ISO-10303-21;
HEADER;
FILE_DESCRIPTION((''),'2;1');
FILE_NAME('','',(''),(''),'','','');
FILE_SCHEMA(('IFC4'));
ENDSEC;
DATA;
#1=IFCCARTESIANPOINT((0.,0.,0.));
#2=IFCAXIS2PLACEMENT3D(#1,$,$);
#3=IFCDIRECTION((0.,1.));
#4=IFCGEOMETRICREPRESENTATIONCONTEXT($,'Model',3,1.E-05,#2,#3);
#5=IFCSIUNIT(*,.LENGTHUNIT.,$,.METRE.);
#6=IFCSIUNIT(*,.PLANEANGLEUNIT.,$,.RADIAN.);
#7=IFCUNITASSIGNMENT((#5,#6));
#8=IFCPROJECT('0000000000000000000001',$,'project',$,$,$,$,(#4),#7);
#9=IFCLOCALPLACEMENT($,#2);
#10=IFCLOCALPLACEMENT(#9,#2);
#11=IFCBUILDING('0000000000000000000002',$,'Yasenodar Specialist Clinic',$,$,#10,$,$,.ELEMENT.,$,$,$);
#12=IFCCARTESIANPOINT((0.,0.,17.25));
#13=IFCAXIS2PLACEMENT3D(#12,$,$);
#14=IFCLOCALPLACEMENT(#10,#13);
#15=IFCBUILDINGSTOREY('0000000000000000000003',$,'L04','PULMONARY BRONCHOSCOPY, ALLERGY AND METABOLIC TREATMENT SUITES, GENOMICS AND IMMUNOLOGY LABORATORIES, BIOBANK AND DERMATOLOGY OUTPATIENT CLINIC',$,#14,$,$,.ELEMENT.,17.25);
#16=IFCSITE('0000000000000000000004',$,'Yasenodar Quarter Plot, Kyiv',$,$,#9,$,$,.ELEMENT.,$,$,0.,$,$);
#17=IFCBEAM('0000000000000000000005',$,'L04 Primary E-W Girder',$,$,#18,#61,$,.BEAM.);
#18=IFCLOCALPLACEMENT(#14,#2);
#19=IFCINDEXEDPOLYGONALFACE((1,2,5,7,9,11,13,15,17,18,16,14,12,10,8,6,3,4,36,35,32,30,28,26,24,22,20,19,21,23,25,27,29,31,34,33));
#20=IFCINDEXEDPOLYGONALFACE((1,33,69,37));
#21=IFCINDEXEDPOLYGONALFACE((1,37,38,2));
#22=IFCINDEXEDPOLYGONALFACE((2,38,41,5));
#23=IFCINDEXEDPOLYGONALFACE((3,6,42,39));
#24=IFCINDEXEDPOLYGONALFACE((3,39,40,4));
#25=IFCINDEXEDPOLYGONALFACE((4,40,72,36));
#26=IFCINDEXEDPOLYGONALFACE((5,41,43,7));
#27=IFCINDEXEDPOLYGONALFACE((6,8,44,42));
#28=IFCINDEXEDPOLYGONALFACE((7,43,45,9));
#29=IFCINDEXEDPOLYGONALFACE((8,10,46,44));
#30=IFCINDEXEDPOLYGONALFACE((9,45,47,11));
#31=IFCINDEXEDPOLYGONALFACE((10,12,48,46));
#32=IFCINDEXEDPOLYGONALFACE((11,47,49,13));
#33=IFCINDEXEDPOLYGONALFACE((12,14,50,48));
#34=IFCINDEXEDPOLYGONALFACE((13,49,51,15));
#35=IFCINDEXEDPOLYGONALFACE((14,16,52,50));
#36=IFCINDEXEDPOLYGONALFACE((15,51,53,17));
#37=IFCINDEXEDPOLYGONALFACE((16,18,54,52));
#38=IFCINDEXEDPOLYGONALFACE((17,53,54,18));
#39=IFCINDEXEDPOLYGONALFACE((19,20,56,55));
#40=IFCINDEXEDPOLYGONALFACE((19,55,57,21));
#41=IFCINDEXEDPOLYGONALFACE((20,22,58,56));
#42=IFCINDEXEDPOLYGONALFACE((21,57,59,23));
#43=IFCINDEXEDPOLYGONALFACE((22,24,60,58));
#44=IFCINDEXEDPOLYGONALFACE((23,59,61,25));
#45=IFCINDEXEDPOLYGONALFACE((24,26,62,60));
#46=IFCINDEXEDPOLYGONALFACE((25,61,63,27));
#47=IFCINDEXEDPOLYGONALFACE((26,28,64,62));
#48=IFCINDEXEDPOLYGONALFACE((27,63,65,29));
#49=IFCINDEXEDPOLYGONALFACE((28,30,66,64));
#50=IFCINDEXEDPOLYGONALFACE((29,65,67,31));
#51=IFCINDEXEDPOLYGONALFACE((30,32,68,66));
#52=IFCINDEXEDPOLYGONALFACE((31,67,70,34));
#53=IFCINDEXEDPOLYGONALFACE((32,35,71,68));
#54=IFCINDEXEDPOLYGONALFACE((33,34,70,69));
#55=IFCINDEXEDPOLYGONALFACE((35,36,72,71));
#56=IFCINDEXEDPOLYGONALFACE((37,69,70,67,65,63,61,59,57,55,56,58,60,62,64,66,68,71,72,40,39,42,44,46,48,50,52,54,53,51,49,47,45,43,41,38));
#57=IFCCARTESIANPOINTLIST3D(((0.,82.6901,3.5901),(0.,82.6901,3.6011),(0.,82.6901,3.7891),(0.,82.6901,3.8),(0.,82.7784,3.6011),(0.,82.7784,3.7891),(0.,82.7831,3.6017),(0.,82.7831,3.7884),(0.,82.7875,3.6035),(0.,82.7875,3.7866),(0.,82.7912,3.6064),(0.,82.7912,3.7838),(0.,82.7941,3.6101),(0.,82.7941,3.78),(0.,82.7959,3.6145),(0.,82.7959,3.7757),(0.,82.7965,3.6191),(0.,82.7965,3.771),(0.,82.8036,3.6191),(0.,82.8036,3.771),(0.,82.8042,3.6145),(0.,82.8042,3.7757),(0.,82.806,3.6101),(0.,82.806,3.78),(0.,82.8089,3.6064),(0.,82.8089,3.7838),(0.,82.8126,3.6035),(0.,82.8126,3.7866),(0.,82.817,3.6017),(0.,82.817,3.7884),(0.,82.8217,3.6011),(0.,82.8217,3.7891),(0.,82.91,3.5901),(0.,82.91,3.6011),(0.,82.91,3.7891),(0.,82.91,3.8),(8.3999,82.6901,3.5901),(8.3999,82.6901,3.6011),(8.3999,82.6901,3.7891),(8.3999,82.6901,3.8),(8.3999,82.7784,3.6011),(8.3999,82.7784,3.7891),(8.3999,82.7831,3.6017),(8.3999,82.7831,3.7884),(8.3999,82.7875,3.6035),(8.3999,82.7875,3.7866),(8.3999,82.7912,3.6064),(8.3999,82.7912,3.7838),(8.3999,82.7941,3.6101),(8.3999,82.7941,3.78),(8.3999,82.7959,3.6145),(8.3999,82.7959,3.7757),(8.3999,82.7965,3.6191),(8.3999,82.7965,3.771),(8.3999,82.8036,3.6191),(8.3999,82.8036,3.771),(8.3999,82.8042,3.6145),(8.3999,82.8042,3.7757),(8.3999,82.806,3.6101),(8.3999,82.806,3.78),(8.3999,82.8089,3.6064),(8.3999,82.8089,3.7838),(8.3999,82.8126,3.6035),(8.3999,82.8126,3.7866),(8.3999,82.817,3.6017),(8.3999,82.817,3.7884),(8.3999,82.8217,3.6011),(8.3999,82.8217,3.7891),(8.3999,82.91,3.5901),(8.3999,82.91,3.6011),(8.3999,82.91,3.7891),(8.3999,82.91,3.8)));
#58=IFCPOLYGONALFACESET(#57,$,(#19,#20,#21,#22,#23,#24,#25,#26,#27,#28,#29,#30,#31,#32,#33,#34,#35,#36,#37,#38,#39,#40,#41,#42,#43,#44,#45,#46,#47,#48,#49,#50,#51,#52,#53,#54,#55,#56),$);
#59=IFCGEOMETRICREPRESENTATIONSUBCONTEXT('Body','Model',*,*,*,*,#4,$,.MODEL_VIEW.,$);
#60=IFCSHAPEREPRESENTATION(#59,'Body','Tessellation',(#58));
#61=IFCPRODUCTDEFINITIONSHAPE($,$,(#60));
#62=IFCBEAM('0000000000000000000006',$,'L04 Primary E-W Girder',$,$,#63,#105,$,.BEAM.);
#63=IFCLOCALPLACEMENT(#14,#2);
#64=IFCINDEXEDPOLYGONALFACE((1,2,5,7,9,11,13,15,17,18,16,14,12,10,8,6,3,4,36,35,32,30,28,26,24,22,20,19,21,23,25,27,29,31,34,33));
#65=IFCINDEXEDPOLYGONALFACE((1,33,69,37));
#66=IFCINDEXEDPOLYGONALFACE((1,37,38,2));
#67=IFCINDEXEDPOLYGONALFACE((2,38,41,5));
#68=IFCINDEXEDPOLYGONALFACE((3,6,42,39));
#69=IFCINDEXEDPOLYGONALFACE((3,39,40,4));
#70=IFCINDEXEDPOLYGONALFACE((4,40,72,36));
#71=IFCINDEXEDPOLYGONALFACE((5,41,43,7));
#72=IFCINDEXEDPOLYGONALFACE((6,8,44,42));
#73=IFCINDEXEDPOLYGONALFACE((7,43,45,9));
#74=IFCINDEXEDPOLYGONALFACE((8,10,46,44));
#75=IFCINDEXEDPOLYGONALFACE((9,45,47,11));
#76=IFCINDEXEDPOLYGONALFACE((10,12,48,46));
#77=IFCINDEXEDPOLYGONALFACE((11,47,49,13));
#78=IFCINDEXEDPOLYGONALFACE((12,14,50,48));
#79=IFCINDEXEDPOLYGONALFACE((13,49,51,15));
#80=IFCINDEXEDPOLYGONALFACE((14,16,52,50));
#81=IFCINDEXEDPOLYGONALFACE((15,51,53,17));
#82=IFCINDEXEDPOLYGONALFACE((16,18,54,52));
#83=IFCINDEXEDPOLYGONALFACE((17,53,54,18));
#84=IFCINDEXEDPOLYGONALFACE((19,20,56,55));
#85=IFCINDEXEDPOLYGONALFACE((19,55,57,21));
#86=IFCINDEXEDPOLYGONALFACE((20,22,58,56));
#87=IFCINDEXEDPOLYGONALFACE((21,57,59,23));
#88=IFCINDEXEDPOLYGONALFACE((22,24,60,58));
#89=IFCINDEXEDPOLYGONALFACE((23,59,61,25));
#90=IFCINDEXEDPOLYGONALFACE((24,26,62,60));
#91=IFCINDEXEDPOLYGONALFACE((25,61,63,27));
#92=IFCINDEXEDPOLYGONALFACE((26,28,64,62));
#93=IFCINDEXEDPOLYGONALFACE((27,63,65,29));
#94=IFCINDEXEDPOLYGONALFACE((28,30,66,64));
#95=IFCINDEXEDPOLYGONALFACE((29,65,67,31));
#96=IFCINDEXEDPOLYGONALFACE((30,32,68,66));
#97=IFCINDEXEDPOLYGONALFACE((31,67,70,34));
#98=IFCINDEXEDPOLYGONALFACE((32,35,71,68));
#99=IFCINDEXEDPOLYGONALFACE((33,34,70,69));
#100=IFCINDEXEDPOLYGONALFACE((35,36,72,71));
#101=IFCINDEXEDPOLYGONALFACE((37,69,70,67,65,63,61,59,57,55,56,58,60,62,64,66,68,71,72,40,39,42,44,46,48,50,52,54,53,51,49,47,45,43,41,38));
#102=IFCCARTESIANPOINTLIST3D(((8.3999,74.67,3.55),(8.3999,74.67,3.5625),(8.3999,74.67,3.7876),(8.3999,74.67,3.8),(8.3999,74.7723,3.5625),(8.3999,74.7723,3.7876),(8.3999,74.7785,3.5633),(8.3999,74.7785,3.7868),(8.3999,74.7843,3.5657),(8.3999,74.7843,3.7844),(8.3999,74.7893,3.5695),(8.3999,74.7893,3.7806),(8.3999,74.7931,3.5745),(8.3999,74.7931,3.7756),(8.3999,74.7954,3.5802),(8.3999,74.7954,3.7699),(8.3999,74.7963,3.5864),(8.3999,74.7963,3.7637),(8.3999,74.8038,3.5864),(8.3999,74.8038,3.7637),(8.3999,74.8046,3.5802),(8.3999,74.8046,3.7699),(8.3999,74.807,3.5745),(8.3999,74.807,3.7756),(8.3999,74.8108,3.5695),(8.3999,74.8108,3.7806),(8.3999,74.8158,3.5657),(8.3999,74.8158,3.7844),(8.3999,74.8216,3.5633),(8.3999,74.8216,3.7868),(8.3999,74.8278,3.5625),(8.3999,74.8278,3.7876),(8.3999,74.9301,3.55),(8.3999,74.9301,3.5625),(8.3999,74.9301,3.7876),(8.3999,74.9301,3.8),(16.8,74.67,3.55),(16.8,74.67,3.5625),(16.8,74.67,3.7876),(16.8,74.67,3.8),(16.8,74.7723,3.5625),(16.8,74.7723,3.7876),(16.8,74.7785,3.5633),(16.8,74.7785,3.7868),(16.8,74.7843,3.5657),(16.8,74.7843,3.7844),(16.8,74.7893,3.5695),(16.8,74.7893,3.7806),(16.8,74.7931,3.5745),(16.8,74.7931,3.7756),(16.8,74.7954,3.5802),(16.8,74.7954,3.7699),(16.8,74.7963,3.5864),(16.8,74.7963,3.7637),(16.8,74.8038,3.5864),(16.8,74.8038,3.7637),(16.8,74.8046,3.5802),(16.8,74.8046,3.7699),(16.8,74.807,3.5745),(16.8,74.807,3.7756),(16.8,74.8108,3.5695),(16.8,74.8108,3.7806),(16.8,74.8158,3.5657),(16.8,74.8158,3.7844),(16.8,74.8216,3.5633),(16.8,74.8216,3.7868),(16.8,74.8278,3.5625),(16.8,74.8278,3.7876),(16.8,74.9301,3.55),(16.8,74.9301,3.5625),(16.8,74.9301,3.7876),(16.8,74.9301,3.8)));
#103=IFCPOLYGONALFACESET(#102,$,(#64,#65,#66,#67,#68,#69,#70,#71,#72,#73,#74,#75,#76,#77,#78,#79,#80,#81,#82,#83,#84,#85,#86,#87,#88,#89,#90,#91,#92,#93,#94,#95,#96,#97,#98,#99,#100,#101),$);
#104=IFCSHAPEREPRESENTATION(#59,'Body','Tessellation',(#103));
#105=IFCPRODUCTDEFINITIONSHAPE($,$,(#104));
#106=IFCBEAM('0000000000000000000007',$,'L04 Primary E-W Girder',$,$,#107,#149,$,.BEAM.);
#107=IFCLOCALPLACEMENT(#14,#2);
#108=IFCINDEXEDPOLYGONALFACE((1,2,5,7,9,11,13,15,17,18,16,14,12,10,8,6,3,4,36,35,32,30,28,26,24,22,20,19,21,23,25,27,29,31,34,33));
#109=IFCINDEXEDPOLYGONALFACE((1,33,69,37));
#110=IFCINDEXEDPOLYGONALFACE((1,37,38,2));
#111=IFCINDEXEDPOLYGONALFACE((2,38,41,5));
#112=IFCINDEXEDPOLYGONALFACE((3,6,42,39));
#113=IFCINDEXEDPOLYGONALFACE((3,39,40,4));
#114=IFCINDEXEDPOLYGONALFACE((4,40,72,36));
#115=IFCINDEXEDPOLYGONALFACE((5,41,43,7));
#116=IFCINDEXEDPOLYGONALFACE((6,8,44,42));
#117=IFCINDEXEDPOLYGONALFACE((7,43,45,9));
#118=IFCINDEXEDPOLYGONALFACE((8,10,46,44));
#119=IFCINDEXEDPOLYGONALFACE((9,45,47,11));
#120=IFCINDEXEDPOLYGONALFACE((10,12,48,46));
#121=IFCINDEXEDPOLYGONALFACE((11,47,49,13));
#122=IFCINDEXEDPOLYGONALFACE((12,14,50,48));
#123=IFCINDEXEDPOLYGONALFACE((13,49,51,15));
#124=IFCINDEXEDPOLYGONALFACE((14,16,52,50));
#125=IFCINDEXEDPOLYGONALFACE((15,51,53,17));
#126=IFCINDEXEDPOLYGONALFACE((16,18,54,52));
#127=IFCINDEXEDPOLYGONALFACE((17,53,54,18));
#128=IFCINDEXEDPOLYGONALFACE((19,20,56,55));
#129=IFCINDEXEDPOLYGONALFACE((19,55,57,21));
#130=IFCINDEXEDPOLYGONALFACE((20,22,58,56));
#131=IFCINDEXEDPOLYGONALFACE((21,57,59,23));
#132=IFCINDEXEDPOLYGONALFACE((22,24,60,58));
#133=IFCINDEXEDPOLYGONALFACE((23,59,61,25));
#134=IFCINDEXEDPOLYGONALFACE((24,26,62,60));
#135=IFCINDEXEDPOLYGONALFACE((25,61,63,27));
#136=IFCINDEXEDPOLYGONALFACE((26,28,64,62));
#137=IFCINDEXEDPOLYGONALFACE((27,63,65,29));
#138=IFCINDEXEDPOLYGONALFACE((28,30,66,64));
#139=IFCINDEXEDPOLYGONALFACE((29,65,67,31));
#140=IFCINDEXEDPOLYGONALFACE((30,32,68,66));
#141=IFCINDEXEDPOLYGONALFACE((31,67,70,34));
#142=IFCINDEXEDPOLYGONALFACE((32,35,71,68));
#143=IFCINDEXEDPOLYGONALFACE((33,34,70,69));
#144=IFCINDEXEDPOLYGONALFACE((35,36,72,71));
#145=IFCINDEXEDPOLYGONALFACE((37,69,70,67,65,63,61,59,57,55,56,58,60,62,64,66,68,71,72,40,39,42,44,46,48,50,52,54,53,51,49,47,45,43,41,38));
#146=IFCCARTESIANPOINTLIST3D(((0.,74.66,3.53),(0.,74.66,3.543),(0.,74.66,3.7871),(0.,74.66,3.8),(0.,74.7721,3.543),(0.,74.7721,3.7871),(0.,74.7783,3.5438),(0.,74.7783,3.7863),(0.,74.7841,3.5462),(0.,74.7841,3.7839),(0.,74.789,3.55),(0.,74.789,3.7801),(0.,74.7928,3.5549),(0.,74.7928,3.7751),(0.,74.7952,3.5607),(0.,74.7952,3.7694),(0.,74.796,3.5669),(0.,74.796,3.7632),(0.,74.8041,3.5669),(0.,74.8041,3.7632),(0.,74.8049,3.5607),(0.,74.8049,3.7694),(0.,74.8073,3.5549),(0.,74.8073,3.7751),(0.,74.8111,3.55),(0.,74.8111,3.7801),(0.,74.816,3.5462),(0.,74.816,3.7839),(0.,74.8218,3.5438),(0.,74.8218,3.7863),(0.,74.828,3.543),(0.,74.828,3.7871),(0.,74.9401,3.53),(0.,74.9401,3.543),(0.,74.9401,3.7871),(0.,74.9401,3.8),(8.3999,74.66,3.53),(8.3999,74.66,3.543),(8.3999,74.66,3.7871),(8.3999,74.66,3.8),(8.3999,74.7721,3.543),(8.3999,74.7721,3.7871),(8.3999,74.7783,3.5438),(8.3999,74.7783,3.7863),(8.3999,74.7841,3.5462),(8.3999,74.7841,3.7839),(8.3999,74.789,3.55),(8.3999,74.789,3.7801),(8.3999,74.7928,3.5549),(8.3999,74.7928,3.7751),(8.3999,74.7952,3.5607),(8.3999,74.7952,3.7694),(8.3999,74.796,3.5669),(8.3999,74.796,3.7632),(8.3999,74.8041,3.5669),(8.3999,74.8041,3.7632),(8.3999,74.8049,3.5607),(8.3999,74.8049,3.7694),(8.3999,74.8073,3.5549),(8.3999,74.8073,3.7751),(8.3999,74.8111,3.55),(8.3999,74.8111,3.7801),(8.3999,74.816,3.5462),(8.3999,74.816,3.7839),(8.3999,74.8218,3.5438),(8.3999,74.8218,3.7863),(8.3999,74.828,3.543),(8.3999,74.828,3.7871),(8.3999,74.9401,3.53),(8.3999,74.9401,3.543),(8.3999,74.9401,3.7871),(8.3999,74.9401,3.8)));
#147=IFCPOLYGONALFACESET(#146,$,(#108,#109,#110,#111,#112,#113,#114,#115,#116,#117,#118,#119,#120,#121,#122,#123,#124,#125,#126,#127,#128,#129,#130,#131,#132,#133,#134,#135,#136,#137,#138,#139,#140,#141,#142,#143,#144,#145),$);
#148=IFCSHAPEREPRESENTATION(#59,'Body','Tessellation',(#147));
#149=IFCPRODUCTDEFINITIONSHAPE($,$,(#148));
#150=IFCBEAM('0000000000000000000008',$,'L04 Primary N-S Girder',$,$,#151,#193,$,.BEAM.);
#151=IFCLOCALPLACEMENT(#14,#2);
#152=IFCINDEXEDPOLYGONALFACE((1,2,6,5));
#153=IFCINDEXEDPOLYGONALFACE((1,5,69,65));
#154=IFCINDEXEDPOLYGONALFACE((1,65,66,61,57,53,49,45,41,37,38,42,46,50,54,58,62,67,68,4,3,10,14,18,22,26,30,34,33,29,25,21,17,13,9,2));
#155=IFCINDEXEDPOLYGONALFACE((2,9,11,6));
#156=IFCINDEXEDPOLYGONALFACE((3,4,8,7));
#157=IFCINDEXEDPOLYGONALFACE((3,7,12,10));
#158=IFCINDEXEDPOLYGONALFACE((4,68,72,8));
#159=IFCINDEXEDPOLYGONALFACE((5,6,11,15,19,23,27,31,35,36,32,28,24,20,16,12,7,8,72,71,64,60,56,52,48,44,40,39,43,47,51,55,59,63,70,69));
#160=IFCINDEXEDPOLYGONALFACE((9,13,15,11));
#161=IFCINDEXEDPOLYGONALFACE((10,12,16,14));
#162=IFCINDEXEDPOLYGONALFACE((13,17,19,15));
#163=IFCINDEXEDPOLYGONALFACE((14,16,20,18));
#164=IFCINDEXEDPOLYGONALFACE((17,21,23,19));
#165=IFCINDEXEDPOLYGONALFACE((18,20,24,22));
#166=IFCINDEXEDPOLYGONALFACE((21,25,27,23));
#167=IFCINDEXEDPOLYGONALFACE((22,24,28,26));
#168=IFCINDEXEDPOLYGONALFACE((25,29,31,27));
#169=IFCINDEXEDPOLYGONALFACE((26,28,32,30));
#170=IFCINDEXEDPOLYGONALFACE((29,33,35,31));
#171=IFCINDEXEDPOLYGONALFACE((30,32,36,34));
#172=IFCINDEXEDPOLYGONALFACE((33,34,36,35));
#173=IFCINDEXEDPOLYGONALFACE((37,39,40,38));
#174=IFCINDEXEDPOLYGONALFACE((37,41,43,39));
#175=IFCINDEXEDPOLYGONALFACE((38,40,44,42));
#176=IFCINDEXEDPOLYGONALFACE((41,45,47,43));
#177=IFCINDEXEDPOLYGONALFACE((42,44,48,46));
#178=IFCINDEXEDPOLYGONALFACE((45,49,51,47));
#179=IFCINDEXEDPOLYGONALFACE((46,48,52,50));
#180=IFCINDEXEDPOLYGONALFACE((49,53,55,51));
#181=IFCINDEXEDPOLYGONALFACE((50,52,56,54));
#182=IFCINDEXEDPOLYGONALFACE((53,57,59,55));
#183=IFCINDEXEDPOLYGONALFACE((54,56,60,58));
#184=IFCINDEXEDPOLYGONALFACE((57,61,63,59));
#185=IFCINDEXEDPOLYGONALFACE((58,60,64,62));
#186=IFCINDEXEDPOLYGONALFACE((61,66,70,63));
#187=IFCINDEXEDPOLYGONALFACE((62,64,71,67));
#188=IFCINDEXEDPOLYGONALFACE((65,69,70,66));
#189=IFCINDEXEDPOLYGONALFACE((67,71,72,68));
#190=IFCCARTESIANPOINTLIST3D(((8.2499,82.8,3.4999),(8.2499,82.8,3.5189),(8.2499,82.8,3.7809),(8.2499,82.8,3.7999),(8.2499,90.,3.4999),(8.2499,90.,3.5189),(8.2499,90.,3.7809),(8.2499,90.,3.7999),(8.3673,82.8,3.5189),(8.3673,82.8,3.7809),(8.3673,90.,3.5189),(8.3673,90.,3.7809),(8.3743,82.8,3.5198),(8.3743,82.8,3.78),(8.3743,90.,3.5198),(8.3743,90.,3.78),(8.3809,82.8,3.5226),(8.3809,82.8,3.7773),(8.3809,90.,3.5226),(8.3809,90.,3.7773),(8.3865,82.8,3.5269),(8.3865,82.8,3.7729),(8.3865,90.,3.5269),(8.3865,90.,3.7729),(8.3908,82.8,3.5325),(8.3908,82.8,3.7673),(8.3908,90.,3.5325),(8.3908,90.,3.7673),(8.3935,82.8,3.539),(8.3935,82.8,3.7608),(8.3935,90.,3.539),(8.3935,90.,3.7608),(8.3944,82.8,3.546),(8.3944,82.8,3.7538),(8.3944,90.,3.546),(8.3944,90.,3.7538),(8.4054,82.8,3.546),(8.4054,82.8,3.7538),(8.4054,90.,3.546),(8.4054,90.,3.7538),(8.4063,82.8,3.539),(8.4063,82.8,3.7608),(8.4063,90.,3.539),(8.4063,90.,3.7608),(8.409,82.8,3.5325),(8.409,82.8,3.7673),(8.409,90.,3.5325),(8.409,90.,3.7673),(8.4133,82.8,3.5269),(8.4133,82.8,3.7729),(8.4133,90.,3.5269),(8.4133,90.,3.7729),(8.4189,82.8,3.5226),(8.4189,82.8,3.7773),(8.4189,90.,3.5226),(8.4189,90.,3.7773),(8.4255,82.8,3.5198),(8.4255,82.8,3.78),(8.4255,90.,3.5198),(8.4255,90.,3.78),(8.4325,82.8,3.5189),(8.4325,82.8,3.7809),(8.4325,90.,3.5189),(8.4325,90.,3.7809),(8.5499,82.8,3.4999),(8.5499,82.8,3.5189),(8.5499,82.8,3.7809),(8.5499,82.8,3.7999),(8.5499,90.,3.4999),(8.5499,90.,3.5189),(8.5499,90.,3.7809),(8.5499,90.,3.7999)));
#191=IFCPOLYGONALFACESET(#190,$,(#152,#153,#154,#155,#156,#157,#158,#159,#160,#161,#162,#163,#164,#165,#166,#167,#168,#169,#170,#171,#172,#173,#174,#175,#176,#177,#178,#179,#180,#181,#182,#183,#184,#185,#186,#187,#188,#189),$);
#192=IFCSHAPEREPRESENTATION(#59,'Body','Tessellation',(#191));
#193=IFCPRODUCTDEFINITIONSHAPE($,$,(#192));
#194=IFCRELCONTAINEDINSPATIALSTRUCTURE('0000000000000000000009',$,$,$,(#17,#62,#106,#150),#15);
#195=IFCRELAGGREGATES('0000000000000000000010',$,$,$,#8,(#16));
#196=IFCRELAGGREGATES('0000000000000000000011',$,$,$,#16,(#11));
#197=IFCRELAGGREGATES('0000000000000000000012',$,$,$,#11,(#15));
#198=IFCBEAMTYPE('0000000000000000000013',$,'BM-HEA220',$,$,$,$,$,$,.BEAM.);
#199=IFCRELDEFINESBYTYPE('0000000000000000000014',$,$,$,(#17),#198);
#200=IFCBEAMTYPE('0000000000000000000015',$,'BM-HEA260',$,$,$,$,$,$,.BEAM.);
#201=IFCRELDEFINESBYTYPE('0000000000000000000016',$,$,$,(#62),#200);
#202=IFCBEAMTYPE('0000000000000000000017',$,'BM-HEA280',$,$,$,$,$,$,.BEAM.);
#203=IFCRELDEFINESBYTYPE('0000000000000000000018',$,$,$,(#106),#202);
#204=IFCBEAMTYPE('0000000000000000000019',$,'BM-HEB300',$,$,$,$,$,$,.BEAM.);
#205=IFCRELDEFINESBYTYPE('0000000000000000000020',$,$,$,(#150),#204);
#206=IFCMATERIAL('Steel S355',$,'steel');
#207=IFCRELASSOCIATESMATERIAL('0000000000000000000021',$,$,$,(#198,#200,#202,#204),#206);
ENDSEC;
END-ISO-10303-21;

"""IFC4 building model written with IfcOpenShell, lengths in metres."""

from ifc_helpers import new_model, si_unit, direction, frame, origin, origin_2d, place, context, subcontext, project, spatial, i_section, extrude, material, material_profile, profile_set, type_object, element, save


model = new_model("IFC4")

# Units and contexts
model_context = context("Model", 3, precision=1e-05, world=origin(), true_north=direction((0.0, 1.0)))
body_context = subcontext(model_context, "Body", "Model", "MODEL_VIEW")
ifc_project = project(units=[si_unit("LENGTHUNIT", "METRE"), si_unit("PLANEANGLEUNIT", "RADIAN")], contexts=[model_context])

# Site, building, storey
site_placement = place(None, origin())
site = spatial("IfcSite", under=ifc_project, at=site_placement, Name="Yasenodar Quarter Plot, Kyiv", CompositionType="ELEMENT", RefElevation=0.0)
building_placement = place(site_placement, origin())
building = spatial("IfcBuilding", under=site, at=building_placement, Name="Yasenodar Specialist Clinic", CompositionType="ELEMENT")
storey_placement = place(building_placement, frame((0.0, 0.0, 17.25)))
storey = spatial("IfcBuildingStorey", under=building, at=storey_placement, Name="L04", Description="PULMONARY BRONCHOSCOPY, ALLERGY AND METABOLIC TREATMENT SUITES, GENOMICS AND IMMUNOLOGY LABORATORIES, BIOBANK AND DERMATOLOGY OUTPATIENT CLINIC", CompositionType="ELEMENT", Elevation=17.25)

# Shared definitions
ifc_material_1 = material(Name="Steel S355", Category="steel")

# Beams
ifc_material_profile_1 = material_profile(ifc_material_1, i_section(OverallWidth=0.22, OverallDepth=0.21, WebThickness=0.0071, FlangeThickness=0.011, FilletRadius=0.0181, at=origin_2d()), Name="HEA 220")
ifc_profile_set_1 = profile_set([ifc_material_profile_1], Name="Steel S355")
beam_type_1 = type_object("IfcBeamType", Name="BM-HEA220", PredefinedType="BEAM", material=ifc_profile_set_1)
beam_1_placement = place(storey_placement, frame((0.0, 82.8, 3.6951), z_axis=(1.0, 0.0, 0.0), x_axis=(0.0, 1.0, 0.0)))
element("IfcBeam", 1, at=beam_1_placement, inside=storey, type_object=beam_type_1, Name="L04 Primary E-W Girder", PredefinedType="BEAM", context=body_context, shape_type="SweptSolid", body=[
    extrude(i_section(OverallWidth=0.22, OverallDepth=0.21, WebThickness=0.0071, FlangeThickness=0.011, FilletRadius=0.0181, at=origin_2d()), origin(), (0.0, 0.0, 1.0), 8.3999),
])
ifc_material_profile_2 = material_profile(ifc_material_1, i_section(OverallWidth=0.26, OverallDepth=0.25, WebThickness=0.0076, FlangeThickness=0.0125, FilletRadius=0.0239, at=origin_2d()), Name="HEA 260")
ifc_profile_set_2 = profile_set([ifc_material_profile_2], Name="Steel S355")
beam_type_2 = type_object("IfcBeamType", Name="BM-HEA260", PredefinedType="BEAM", material=ifc_profile_set_2)
beam_2_placement = place(storey_placement, frame((8.3999, 74.8, 3.675), z_axis=(1.0, 0.0, 0.0), x_axis=(0.0, 1.0, 0.0)))
element("IfcBeam", 2, at=beam_2_placement, inside=storey, type_object=beam_type_2, Name="L04 Primary E-W Girder", PredefinedType="BEAM", context=body_context, shape_type="SweptSolid", body=[
    extrude(i_section(OverallWidth=0.26, OverallDepth=0.25, WebThickness=0.0076, FlangeThickness=0.0125, FilletRadius=0.0239, at=origin_2d()), origin(), (0.0, 0.0, 1.0), 8.4001),
])
ifc_material_profile_3 = material_profile(ifc_material_1, i_section(OverallWidth=0.28, OverallDepth=0.27, WebThickness=0.0081, FlangeThickness=0.0129, FilletRadius=0.0239, at=origin_2d()), Name="HEA 280")
ifc_profile_set_3 = profile_set([ifc_material_profile_3], Name="Steel S355")
beam_type_3 = type_object("IfcBeamType", Name="BM-HEA280", PredefinedType="BEAM", material=ifc_profile_set_3)
beam_3_placement = place(storey_placement, frame((0.0, 74.8, 3.665), z_axis=(1.0, 0.0, 0.0), x_axis=(0.0, 1.0, 0.0)))
element("IfcBeam", 3, at=beam_3_placement, inside=storey, type_object=beam_type_3, Name="L04 Primary E-W Girder", PredefinedType="BEAM", context=body_context, shape_type="SweptSolid", body=[
    extrude(i_section(OverallWidth=0.28, OverallDepth=0.27, WebThickness=0.0081, FlangeThickness=0.0129, FilletRadius=0.0239, at=origin_2d()), origin(), (0.0, 0.0, 1.0), 8.3999),
])
ifc_material_profile_4 = material_profile(ifc_material_1, i_section(OverallWidth=0.3, OverallDepth=0.3, WebThickness=0.011, FlangeThickness=0.019, FilletRadius=0.0271, at=origin_2d()), Name="HEB 300")
ifc_profile_set_4 = profile_set([ifc_material_profile_4], Name="Steel S355")
beam_type_4 = type_object("IfcBeamType", Name="BM-HEB300", PredefinedType="BEAM", material=ifc_profile_set_4)
beam_4_placement = place(storey_placement, frame((8.3999, 82.8, 3.6499), z_axis=(0.0, 1.0, 0.0), x_axis=(-1.0, 0.0, 0.0)))
element("IfcBeam", 4, at=beam_4_placement, inside=storey, type_object=beam_type_4, Name="L04 Primary N-S Girder", PredefinedType="BEAM", context=body_context, shape_type="SweptSolid", body=[
    extrude(i_section(OverallWidth=0.3, OverallDepth=0.3, WebThickness=0.011, FlangeThickness=0.019, FilletRadius=0.0271, at=origin_2d()), origin(), (0.0, 0.0, 1.0), 7.2),
])

save(model, "model.ifc")
